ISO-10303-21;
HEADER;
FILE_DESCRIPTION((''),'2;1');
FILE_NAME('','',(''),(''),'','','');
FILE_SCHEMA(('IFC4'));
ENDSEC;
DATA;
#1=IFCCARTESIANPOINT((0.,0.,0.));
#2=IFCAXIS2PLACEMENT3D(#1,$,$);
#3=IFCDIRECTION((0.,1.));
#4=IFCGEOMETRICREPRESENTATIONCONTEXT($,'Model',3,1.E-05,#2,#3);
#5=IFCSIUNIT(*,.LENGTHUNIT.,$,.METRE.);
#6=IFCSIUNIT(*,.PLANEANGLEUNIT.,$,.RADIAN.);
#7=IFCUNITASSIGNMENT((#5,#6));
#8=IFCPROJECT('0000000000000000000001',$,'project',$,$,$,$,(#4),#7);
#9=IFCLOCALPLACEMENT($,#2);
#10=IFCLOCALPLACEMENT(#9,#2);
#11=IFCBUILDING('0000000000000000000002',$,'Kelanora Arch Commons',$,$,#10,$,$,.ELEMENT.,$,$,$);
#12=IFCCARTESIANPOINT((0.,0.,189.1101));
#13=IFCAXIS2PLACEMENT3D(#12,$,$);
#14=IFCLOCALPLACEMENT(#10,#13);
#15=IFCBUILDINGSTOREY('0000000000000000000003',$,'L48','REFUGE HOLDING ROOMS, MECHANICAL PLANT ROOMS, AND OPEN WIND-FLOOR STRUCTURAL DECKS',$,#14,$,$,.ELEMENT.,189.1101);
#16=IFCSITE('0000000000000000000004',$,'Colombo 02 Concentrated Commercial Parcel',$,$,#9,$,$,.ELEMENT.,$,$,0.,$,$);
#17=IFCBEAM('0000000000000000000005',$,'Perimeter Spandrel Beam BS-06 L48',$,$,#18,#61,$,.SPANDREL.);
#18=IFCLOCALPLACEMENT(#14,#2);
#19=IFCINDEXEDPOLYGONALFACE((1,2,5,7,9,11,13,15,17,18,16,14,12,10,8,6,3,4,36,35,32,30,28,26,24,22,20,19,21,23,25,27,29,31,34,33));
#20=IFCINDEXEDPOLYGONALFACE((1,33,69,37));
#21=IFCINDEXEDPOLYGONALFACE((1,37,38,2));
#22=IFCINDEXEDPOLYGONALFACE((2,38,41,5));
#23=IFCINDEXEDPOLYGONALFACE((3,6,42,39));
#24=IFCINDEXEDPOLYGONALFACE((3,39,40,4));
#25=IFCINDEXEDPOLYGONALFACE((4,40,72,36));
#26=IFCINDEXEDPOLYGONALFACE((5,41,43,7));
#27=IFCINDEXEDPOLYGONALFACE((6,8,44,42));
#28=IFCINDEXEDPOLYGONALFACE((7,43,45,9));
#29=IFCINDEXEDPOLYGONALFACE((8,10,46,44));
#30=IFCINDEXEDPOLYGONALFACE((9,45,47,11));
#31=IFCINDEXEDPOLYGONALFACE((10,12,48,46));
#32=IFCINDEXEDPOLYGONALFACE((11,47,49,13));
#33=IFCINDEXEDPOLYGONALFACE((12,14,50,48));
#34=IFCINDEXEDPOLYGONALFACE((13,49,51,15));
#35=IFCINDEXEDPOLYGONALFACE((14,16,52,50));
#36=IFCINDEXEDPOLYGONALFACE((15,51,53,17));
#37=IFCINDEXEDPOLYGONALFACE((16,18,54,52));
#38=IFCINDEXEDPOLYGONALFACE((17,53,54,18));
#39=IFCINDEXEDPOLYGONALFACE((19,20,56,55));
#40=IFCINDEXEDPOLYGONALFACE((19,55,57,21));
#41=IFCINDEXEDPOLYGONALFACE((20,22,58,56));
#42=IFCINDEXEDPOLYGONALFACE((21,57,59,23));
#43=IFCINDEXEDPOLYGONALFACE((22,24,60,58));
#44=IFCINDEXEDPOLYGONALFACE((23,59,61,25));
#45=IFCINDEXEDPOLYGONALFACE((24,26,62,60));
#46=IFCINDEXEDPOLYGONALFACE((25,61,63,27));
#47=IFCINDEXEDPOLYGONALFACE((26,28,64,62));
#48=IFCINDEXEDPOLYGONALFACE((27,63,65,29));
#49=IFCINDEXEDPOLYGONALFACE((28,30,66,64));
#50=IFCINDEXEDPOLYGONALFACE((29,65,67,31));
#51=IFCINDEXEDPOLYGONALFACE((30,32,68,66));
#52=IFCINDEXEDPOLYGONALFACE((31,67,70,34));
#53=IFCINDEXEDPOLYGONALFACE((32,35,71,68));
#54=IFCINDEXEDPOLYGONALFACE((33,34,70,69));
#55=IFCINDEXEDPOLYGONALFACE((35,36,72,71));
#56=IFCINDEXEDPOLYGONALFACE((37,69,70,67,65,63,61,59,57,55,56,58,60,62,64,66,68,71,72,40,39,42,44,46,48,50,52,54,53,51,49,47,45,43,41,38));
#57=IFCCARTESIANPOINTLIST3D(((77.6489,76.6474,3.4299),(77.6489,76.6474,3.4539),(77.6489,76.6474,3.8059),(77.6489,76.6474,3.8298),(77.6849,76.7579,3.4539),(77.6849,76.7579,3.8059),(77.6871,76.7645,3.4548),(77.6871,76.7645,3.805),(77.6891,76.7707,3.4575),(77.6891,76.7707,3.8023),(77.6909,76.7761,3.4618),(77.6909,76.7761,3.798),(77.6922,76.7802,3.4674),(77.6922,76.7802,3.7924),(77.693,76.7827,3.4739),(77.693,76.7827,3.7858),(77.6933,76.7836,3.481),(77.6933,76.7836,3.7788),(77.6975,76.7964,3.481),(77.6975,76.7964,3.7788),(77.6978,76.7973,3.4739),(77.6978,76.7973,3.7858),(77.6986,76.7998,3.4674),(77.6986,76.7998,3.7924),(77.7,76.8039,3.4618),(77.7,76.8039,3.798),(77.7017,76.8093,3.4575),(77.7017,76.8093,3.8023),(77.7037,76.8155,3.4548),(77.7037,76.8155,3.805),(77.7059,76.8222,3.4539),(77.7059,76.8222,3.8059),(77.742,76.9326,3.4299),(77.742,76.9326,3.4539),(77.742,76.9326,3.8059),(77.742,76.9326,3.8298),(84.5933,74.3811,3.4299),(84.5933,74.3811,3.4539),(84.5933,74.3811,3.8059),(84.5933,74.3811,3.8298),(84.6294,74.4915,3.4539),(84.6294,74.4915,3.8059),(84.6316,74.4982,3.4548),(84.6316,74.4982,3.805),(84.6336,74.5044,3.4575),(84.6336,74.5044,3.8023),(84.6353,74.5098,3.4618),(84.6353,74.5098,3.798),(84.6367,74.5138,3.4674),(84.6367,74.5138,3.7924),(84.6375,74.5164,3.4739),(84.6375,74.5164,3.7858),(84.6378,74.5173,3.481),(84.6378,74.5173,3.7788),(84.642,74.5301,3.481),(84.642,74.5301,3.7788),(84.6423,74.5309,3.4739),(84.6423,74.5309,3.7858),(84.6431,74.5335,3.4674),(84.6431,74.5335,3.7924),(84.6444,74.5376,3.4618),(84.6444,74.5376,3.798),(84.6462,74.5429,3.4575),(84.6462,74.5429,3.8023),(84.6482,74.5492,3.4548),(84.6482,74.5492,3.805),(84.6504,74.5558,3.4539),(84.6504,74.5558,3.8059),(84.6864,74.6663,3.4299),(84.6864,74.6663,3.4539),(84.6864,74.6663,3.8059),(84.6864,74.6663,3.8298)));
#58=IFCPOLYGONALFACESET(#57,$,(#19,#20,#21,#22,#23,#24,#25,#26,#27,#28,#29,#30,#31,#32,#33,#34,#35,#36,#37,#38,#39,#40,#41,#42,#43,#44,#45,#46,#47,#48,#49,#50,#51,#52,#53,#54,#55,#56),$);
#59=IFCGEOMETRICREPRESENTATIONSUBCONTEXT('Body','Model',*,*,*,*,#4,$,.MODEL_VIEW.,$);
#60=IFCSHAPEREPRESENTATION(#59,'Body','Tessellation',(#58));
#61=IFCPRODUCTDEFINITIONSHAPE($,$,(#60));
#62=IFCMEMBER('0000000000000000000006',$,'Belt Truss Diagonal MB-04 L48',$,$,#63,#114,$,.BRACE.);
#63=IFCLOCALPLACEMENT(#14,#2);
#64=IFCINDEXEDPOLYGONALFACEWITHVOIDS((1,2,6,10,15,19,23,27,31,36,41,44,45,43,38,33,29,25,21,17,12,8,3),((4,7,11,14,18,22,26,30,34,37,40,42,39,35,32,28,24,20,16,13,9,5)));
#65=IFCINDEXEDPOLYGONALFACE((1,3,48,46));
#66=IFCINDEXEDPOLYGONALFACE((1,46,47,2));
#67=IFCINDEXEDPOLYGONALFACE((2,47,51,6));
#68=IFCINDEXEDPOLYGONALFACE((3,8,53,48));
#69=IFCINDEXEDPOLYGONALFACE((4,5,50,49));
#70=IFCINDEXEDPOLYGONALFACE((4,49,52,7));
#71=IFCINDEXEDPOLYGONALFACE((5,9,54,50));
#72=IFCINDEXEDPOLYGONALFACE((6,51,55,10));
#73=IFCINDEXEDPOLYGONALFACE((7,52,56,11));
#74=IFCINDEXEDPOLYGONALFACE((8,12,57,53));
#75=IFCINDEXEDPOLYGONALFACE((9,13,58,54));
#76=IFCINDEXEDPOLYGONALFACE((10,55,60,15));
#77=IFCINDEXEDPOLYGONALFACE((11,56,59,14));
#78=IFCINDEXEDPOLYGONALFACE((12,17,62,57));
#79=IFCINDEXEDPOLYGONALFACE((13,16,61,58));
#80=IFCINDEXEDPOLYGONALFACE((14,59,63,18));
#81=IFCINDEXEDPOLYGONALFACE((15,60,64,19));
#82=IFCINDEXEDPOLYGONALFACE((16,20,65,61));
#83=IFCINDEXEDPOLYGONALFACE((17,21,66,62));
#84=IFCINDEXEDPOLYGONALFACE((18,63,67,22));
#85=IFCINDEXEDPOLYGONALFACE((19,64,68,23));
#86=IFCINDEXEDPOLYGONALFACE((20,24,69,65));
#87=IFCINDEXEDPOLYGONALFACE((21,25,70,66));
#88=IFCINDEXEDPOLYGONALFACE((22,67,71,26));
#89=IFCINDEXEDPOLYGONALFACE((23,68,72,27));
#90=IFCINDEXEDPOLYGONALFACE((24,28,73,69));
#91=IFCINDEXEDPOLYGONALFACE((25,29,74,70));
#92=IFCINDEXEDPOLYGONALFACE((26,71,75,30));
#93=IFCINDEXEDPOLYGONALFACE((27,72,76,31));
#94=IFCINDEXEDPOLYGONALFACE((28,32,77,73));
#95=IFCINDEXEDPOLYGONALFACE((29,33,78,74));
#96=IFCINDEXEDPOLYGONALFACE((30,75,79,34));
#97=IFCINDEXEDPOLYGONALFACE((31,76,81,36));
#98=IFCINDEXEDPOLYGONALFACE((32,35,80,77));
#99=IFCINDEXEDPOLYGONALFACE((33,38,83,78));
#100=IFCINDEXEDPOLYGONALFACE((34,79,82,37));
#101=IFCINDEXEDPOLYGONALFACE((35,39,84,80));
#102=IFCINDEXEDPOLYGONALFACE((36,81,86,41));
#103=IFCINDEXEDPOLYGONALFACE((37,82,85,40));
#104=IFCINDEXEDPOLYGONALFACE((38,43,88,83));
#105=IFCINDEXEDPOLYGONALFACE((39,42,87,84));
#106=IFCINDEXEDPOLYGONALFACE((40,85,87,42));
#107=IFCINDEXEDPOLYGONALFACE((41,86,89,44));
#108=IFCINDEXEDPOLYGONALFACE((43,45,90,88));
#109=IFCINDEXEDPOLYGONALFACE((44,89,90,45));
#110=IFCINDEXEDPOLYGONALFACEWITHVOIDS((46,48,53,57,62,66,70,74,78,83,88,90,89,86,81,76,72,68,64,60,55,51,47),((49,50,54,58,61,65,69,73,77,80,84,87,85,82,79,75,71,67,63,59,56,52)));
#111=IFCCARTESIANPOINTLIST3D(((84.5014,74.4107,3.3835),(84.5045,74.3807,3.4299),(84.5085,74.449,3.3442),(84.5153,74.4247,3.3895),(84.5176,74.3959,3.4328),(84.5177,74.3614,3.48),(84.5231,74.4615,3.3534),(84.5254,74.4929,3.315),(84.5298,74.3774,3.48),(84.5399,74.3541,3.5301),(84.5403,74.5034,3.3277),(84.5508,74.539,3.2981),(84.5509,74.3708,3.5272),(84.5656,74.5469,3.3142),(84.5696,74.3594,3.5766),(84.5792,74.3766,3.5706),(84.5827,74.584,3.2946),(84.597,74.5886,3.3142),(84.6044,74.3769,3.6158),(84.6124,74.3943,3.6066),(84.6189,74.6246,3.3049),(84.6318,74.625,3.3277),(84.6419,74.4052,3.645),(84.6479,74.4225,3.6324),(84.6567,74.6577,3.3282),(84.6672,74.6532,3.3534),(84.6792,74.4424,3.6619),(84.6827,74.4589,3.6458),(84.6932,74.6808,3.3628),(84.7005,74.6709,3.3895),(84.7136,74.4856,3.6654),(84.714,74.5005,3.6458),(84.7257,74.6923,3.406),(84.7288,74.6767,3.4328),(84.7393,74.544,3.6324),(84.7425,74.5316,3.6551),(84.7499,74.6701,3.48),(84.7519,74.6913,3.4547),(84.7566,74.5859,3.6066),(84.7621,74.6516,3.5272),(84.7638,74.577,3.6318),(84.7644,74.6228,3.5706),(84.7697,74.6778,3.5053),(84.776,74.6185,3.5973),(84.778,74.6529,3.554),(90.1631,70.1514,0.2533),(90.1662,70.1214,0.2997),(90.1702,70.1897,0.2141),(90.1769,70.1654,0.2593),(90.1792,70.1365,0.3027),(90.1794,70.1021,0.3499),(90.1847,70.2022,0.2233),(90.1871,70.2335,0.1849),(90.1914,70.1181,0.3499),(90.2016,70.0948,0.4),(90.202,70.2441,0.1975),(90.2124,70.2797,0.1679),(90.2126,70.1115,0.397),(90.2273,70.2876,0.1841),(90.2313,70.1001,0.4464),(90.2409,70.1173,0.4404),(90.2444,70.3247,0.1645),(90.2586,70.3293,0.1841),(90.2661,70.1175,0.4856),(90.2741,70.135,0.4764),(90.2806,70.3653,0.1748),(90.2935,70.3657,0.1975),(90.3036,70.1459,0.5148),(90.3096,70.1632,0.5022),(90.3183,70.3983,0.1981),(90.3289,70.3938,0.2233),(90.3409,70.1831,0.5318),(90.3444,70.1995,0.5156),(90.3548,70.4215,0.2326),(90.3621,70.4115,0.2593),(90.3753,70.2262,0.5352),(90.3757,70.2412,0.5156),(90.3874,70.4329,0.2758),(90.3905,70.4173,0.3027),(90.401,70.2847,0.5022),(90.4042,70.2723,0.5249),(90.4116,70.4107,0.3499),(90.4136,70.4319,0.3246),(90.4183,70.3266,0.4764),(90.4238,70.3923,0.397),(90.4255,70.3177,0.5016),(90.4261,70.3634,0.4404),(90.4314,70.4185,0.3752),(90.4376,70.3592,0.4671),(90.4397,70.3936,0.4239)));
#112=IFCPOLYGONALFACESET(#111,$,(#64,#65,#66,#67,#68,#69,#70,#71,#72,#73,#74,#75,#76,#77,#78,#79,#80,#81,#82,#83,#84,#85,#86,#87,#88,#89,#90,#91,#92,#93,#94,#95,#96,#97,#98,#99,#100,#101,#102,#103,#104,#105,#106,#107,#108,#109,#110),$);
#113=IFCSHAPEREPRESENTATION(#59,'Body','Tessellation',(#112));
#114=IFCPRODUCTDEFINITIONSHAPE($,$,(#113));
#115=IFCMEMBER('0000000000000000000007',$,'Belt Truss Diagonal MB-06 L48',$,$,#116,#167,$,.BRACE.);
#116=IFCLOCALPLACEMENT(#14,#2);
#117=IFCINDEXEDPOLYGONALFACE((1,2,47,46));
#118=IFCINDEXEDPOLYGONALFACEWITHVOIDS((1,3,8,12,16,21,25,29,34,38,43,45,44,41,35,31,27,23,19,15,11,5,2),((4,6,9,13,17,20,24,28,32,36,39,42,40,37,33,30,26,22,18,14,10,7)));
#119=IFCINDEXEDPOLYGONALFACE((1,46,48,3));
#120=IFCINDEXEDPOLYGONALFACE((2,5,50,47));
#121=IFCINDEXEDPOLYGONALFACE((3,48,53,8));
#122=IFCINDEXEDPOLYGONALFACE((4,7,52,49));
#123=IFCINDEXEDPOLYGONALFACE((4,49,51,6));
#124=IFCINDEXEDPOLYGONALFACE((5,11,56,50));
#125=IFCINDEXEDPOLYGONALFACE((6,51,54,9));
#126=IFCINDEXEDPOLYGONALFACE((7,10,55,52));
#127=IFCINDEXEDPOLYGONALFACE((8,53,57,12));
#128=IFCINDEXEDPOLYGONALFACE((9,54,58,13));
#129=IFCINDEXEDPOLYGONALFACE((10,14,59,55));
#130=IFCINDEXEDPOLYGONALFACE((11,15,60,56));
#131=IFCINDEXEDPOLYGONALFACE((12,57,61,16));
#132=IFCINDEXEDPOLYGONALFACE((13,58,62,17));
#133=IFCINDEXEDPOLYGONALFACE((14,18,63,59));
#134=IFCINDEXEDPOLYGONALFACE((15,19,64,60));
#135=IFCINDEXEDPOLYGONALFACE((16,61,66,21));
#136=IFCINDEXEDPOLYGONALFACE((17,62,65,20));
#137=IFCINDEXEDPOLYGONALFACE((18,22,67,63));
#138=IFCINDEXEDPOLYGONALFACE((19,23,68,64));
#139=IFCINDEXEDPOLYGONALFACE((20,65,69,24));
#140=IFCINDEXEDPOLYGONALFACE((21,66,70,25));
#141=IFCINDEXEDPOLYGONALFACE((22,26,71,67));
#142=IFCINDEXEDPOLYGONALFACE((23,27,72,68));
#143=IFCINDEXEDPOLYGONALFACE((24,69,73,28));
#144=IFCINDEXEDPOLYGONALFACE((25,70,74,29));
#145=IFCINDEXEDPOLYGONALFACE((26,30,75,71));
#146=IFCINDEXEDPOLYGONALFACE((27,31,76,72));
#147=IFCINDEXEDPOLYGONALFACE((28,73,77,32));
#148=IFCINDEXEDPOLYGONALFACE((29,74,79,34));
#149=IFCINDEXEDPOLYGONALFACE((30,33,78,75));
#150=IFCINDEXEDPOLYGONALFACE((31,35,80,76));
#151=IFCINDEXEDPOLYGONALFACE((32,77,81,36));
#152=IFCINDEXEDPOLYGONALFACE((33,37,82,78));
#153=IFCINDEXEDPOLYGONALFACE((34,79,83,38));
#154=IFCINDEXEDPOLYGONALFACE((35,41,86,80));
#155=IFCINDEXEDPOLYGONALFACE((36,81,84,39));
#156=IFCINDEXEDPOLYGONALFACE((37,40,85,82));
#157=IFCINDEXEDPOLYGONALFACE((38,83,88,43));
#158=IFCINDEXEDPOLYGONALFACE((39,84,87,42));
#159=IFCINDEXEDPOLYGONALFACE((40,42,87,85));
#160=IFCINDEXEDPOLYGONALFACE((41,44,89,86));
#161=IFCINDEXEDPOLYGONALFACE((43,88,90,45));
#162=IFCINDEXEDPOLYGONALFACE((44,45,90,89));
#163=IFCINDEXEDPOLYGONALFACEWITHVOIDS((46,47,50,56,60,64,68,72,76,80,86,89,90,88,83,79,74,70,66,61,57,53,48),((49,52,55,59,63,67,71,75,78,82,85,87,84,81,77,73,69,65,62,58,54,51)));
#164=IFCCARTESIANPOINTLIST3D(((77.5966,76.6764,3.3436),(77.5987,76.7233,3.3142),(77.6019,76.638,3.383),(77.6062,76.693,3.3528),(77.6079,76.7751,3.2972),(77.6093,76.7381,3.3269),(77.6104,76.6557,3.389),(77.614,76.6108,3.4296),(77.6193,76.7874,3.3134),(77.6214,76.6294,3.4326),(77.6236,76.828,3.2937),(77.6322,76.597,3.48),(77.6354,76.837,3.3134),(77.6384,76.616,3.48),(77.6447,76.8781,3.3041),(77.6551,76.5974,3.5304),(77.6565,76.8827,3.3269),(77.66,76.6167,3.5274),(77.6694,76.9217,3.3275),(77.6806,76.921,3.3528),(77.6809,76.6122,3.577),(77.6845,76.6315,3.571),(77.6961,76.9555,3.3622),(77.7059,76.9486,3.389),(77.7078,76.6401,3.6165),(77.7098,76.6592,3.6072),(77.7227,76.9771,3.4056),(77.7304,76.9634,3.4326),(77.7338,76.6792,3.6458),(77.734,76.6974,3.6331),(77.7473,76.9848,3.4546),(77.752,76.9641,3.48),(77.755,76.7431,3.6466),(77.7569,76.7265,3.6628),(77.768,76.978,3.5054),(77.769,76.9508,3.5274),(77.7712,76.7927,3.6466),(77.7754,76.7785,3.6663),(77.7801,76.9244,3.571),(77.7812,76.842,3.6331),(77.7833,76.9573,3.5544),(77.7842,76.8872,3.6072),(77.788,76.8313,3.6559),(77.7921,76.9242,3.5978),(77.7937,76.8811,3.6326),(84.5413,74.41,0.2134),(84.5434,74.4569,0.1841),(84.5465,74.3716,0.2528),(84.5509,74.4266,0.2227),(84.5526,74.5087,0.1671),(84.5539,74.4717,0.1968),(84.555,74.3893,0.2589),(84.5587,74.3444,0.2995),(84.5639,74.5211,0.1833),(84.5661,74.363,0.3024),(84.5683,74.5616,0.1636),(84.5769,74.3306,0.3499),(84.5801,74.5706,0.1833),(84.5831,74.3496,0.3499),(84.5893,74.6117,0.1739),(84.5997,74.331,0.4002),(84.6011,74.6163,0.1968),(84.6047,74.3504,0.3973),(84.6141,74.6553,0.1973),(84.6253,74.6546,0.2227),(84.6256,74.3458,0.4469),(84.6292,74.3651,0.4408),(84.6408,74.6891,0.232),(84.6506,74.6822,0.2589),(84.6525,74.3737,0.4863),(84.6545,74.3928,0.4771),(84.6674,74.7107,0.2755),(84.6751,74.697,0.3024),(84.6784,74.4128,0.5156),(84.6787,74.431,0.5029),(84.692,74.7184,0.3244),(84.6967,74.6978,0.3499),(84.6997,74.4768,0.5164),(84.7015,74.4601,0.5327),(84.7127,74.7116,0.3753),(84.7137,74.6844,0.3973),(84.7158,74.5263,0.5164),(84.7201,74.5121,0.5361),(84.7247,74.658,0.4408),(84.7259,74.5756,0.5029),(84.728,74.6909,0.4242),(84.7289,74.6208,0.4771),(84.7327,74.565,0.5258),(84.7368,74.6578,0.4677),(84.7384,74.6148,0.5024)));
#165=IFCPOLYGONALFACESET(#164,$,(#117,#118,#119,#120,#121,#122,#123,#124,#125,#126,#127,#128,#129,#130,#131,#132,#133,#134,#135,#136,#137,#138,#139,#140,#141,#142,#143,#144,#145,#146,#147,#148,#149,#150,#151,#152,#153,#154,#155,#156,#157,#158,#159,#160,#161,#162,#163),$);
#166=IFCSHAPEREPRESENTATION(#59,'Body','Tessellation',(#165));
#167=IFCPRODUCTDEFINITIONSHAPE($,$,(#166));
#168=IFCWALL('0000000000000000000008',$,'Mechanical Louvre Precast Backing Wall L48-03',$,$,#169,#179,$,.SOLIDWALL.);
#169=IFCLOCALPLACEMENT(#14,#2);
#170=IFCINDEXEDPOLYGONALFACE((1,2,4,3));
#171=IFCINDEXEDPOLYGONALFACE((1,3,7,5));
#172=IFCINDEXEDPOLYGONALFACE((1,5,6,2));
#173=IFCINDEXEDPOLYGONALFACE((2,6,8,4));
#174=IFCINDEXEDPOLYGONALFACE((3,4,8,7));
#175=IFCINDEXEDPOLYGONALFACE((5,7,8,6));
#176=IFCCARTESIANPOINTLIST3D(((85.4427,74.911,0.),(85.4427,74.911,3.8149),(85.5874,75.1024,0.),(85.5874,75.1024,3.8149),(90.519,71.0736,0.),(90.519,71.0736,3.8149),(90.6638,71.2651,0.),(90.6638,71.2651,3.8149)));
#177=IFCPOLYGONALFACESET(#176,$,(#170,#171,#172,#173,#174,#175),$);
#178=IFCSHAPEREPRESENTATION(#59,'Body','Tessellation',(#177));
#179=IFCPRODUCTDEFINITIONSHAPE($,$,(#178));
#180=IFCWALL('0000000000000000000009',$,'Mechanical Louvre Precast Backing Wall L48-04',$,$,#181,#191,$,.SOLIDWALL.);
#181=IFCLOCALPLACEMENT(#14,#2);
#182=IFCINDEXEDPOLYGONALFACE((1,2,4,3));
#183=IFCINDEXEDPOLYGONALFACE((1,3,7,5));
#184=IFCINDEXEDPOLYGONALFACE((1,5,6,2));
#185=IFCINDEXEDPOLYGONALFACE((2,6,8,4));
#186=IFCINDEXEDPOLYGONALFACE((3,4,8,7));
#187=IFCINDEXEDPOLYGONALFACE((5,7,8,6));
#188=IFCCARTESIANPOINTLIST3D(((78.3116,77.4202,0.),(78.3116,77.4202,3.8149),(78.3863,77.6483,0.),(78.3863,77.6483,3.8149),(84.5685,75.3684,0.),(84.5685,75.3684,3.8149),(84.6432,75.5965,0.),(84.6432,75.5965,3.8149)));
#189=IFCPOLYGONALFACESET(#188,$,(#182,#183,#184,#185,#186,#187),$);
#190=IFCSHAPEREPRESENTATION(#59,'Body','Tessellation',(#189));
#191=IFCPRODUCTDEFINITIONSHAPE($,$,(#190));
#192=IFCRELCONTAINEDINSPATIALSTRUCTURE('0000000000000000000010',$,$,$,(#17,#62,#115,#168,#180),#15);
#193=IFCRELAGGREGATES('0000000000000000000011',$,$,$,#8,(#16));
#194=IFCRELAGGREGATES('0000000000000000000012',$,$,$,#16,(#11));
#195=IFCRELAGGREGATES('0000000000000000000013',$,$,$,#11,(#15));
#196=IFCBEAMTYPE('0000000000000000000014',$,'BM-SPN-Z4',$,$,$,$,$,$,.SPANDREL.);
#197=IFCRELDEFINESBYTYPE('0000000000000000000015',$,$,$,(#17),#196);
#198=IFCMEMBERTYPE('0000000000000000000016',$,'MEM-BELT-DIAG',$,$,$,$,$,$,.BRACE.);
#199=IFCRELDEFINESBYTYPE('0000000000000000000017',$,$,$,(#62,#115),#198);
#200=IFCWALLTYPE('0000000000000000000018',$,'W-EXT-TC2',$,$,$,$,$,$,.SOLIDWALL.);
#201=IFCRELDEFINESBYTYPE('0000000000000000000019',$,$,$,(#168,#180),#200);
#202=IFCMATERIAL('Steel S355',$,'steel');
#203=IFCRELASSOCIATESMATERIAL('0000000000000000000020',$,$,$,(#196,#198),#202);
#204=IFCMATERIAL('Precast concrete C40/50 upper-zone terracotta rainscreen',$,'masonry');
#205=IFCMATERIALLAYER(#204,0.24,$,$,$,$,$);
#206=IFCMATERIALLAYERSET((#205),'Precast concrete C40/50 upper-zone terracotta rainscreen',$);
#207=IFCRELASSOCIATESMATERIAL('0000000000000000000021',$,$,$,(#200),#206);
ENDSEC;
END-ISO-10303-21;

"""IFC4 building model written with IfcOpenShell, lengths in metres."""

from ifc_helpers import new_model, si_unit, direction, frame, frame_2d, origin, origin_2d, place, context, subcontext, project, spatial, rectangle, hollow_circle, i_section, extrude, material, layer, layer_set, material_profile, profile_set, type_object, element, save


model = new_model("IFC4")

# Units and contexts
model_context = context("Model", 3, precision=1e-05, world=origin(), true_north=direction((0.0, 1.0)))
body_context = subcontext(model_context, "Body", "Model", "MODEL_VIEW")
ifc_project = project(units=[si_unit("LENGTHUNIT", "METRE"), si_unit("PLANEANGLEUNIT", "RADIAN")], contexts=[model_context])

# Site, building, storey
site_placement = place(None, origin())
site = spatial("IfcSite", under=ifc_project, at=site_placement, Name="Colombo 02 Concentrated Commercial Parcel", CompositionType="ELEMENT", RefElevation=0.0)
building_placement = place(site_placement, origin())
building = spatial("IfcBuilding", under=site, at=building_placement, Name="Kelanora Arch Commons", CompositionType="ELEMENT")
storey_placement = place(building_placement, frame((0.0, 0.0, 189.1101)))
storey = spatial("IfcBuildingStorey", under=building, at=storey_placement, Name="L48", Description="REFUGE HOLDING ROOMS, MECHANICAL PLANT ROOMS, AND OPEN WIND-FLOOR STRUCTURAL DECKS", CompositionType="ELEMENT", Elevation=189.1101)

# Beam
ifc_material_1 = material(Name="Steel S355", Category="steel")
ifc_material_profile_1 = material_profile(ifc_material_1, i_section(OverallWidth=0.3, OverallDepth=0.3999, WebThickness=0.0134, FlangeThickness=0.0239, FilletRadius=0.0271, at=origin_2d()), Name="HEB400")
ifc_profile_set_1 = profile_set([ifc_material_profile_1], Name="Steel S355")
beam_type_1 = type_object("IfcBeamType", Name="BM-SPN-Z4", PredefinedType="SPANDREL", material=ifc_profile_set_1)
beam_1_placement = place(storey_placement, frame((84.6399, 74.5237, 3.6299), z_axis=(-0.950656, 0.310246, 0.0), x_axis=(-0.310246, -0.950656, 0.0)))
element("IfcBeam", 1, at=beam_1_placement, inside=storey, type_object=beam_type_1, Name="Perimeter Spandrel Beam BS-06 L48", PredefinedType="SPANDREL", context=body_context, shape_type="SweptSolid", body=[
    extrude(i_section(OverallWidth=0.3, OverallDepth=0.3999, WebThickness=0.0134, FlangeThickness=0.0239, FilletRadius=0.0271, at=origin_2d()), origin(), (0.0, 0.0, 1.0), 7.3049),
])

# Members
ifc_material_profile_2 = material_profile(ifc_material_1, hollow_circle(Radius=0.2031, WallThickness=0.02, at=origin_2d()), Name="CHS406.4x20")
ifc_profile_set_2 = profile_set([ifc_material_profile_2], Name="Steel S355")
member_type = type_object("IfcMemberType", Name="MEM-BELT-DIAG", PredefinedType="BRACE", material=ifc_profile_set_2)
member_1_placement = place(storey_placement, frame((90.3015, 70.2644, 0.3499), z_axis=(-0.730954, 0.549902, 0.404121), x_axis=(-0.601179, -0.799114, 0.0)))
element("IfcMember", 2, at=member_1_placement, inside=storey, type_object=member_type, Name="Belt Truss Diagonal MB-04 L48", PredefinedType="BRACE", context=body_context, shape_type="SweptSolid", body=[
    extrude(hollow_circle(Radius=0.2031, WallThickness=0.02, at=origin_2d()), origin(), (0.0, 0.0, 1.0), 7.7456),
])
member_2_placement = place(storey_placement, frame((84.6399, 74.5237, 0.3499), z_axis=(-0.873817, 0.285169, 0.393855), x_axis=(-0.310246, -0.950656, 0.0)))
element("IfcMember", 3, at=member_2_placement, inside=storey, type_object=member_type, Name="Belt Truss Diagonal MB-06 L48", PredefinedType="BRACE", context=body_context, shape_type="SweptSolid", body=[
    extrude(hollow_circle(Radius=0.2031, WallThickness=0.02, at=origin_2d()), origin(), (0.0, 0.0, 1.0), 7.9475),
])

# Walls
ifc_material_2 = material(Name="Precast concrete C40/50 upper-zone terracotta rainscreen", Category="masonry")
ifc_layer_1 = layer(ifc_material_2, 0.24)
ifc_layer_set_1 = layer_set([ifc_layer_1], Name="Precast concrete C40/50 upper-zone terracotta rainscreen")
wall_type = type_object("IfcWallType", Name="W-EXT-TC2", PredefinedType="SOLIDWALL", material=ifc_layer_set_1)
wall_1_placement = place(storey_placement, frame((90.5913, 71.1694, 0.0), z_axis=(0.0, 0.0, 1.0), x_axis=(-0.797725, 0.603022, 0.0)))
element("IfcWall", 4, at=wall_1_placement, inside=storey, type_object=wall_type, Name="Mechanical Louvre Precast Backing Wall L48-03", PredefinedType="SOLIDWALL", context=body_context, shape_type="SweptSolid", body=[
    extrude(rectangle(XDim=6.3635, YDim=0.24, at=frame_2d((3.1816, 0.0))), origin(), (0.0, 0.0, 1.0), 3.8149),
])
wall_2_placement = place(storey_placement, frame((84.606, 75.4824, 0.0), z_axis=(0.0, 0.0, 1.0), x_axis=(-0.950214, 0.311597, 0.0)))
element("IfcWall", 5, at=wall_2_placement, inside=storey, type_object=wall_type, Name="Mechanical Louvre Precast Backing Wall L48-04", PredefinedType="SOLIDWALL", context=body_context, shape_type="SweptSolid", body=[
    extrude(rectangle(XDim=6.5847, YDim=0.24, at=frame_2d((3.2925, 0.0))), origin(), (0.0, 0.0, 1.0), 3.8149),
])

save(model, "model.ifc")
